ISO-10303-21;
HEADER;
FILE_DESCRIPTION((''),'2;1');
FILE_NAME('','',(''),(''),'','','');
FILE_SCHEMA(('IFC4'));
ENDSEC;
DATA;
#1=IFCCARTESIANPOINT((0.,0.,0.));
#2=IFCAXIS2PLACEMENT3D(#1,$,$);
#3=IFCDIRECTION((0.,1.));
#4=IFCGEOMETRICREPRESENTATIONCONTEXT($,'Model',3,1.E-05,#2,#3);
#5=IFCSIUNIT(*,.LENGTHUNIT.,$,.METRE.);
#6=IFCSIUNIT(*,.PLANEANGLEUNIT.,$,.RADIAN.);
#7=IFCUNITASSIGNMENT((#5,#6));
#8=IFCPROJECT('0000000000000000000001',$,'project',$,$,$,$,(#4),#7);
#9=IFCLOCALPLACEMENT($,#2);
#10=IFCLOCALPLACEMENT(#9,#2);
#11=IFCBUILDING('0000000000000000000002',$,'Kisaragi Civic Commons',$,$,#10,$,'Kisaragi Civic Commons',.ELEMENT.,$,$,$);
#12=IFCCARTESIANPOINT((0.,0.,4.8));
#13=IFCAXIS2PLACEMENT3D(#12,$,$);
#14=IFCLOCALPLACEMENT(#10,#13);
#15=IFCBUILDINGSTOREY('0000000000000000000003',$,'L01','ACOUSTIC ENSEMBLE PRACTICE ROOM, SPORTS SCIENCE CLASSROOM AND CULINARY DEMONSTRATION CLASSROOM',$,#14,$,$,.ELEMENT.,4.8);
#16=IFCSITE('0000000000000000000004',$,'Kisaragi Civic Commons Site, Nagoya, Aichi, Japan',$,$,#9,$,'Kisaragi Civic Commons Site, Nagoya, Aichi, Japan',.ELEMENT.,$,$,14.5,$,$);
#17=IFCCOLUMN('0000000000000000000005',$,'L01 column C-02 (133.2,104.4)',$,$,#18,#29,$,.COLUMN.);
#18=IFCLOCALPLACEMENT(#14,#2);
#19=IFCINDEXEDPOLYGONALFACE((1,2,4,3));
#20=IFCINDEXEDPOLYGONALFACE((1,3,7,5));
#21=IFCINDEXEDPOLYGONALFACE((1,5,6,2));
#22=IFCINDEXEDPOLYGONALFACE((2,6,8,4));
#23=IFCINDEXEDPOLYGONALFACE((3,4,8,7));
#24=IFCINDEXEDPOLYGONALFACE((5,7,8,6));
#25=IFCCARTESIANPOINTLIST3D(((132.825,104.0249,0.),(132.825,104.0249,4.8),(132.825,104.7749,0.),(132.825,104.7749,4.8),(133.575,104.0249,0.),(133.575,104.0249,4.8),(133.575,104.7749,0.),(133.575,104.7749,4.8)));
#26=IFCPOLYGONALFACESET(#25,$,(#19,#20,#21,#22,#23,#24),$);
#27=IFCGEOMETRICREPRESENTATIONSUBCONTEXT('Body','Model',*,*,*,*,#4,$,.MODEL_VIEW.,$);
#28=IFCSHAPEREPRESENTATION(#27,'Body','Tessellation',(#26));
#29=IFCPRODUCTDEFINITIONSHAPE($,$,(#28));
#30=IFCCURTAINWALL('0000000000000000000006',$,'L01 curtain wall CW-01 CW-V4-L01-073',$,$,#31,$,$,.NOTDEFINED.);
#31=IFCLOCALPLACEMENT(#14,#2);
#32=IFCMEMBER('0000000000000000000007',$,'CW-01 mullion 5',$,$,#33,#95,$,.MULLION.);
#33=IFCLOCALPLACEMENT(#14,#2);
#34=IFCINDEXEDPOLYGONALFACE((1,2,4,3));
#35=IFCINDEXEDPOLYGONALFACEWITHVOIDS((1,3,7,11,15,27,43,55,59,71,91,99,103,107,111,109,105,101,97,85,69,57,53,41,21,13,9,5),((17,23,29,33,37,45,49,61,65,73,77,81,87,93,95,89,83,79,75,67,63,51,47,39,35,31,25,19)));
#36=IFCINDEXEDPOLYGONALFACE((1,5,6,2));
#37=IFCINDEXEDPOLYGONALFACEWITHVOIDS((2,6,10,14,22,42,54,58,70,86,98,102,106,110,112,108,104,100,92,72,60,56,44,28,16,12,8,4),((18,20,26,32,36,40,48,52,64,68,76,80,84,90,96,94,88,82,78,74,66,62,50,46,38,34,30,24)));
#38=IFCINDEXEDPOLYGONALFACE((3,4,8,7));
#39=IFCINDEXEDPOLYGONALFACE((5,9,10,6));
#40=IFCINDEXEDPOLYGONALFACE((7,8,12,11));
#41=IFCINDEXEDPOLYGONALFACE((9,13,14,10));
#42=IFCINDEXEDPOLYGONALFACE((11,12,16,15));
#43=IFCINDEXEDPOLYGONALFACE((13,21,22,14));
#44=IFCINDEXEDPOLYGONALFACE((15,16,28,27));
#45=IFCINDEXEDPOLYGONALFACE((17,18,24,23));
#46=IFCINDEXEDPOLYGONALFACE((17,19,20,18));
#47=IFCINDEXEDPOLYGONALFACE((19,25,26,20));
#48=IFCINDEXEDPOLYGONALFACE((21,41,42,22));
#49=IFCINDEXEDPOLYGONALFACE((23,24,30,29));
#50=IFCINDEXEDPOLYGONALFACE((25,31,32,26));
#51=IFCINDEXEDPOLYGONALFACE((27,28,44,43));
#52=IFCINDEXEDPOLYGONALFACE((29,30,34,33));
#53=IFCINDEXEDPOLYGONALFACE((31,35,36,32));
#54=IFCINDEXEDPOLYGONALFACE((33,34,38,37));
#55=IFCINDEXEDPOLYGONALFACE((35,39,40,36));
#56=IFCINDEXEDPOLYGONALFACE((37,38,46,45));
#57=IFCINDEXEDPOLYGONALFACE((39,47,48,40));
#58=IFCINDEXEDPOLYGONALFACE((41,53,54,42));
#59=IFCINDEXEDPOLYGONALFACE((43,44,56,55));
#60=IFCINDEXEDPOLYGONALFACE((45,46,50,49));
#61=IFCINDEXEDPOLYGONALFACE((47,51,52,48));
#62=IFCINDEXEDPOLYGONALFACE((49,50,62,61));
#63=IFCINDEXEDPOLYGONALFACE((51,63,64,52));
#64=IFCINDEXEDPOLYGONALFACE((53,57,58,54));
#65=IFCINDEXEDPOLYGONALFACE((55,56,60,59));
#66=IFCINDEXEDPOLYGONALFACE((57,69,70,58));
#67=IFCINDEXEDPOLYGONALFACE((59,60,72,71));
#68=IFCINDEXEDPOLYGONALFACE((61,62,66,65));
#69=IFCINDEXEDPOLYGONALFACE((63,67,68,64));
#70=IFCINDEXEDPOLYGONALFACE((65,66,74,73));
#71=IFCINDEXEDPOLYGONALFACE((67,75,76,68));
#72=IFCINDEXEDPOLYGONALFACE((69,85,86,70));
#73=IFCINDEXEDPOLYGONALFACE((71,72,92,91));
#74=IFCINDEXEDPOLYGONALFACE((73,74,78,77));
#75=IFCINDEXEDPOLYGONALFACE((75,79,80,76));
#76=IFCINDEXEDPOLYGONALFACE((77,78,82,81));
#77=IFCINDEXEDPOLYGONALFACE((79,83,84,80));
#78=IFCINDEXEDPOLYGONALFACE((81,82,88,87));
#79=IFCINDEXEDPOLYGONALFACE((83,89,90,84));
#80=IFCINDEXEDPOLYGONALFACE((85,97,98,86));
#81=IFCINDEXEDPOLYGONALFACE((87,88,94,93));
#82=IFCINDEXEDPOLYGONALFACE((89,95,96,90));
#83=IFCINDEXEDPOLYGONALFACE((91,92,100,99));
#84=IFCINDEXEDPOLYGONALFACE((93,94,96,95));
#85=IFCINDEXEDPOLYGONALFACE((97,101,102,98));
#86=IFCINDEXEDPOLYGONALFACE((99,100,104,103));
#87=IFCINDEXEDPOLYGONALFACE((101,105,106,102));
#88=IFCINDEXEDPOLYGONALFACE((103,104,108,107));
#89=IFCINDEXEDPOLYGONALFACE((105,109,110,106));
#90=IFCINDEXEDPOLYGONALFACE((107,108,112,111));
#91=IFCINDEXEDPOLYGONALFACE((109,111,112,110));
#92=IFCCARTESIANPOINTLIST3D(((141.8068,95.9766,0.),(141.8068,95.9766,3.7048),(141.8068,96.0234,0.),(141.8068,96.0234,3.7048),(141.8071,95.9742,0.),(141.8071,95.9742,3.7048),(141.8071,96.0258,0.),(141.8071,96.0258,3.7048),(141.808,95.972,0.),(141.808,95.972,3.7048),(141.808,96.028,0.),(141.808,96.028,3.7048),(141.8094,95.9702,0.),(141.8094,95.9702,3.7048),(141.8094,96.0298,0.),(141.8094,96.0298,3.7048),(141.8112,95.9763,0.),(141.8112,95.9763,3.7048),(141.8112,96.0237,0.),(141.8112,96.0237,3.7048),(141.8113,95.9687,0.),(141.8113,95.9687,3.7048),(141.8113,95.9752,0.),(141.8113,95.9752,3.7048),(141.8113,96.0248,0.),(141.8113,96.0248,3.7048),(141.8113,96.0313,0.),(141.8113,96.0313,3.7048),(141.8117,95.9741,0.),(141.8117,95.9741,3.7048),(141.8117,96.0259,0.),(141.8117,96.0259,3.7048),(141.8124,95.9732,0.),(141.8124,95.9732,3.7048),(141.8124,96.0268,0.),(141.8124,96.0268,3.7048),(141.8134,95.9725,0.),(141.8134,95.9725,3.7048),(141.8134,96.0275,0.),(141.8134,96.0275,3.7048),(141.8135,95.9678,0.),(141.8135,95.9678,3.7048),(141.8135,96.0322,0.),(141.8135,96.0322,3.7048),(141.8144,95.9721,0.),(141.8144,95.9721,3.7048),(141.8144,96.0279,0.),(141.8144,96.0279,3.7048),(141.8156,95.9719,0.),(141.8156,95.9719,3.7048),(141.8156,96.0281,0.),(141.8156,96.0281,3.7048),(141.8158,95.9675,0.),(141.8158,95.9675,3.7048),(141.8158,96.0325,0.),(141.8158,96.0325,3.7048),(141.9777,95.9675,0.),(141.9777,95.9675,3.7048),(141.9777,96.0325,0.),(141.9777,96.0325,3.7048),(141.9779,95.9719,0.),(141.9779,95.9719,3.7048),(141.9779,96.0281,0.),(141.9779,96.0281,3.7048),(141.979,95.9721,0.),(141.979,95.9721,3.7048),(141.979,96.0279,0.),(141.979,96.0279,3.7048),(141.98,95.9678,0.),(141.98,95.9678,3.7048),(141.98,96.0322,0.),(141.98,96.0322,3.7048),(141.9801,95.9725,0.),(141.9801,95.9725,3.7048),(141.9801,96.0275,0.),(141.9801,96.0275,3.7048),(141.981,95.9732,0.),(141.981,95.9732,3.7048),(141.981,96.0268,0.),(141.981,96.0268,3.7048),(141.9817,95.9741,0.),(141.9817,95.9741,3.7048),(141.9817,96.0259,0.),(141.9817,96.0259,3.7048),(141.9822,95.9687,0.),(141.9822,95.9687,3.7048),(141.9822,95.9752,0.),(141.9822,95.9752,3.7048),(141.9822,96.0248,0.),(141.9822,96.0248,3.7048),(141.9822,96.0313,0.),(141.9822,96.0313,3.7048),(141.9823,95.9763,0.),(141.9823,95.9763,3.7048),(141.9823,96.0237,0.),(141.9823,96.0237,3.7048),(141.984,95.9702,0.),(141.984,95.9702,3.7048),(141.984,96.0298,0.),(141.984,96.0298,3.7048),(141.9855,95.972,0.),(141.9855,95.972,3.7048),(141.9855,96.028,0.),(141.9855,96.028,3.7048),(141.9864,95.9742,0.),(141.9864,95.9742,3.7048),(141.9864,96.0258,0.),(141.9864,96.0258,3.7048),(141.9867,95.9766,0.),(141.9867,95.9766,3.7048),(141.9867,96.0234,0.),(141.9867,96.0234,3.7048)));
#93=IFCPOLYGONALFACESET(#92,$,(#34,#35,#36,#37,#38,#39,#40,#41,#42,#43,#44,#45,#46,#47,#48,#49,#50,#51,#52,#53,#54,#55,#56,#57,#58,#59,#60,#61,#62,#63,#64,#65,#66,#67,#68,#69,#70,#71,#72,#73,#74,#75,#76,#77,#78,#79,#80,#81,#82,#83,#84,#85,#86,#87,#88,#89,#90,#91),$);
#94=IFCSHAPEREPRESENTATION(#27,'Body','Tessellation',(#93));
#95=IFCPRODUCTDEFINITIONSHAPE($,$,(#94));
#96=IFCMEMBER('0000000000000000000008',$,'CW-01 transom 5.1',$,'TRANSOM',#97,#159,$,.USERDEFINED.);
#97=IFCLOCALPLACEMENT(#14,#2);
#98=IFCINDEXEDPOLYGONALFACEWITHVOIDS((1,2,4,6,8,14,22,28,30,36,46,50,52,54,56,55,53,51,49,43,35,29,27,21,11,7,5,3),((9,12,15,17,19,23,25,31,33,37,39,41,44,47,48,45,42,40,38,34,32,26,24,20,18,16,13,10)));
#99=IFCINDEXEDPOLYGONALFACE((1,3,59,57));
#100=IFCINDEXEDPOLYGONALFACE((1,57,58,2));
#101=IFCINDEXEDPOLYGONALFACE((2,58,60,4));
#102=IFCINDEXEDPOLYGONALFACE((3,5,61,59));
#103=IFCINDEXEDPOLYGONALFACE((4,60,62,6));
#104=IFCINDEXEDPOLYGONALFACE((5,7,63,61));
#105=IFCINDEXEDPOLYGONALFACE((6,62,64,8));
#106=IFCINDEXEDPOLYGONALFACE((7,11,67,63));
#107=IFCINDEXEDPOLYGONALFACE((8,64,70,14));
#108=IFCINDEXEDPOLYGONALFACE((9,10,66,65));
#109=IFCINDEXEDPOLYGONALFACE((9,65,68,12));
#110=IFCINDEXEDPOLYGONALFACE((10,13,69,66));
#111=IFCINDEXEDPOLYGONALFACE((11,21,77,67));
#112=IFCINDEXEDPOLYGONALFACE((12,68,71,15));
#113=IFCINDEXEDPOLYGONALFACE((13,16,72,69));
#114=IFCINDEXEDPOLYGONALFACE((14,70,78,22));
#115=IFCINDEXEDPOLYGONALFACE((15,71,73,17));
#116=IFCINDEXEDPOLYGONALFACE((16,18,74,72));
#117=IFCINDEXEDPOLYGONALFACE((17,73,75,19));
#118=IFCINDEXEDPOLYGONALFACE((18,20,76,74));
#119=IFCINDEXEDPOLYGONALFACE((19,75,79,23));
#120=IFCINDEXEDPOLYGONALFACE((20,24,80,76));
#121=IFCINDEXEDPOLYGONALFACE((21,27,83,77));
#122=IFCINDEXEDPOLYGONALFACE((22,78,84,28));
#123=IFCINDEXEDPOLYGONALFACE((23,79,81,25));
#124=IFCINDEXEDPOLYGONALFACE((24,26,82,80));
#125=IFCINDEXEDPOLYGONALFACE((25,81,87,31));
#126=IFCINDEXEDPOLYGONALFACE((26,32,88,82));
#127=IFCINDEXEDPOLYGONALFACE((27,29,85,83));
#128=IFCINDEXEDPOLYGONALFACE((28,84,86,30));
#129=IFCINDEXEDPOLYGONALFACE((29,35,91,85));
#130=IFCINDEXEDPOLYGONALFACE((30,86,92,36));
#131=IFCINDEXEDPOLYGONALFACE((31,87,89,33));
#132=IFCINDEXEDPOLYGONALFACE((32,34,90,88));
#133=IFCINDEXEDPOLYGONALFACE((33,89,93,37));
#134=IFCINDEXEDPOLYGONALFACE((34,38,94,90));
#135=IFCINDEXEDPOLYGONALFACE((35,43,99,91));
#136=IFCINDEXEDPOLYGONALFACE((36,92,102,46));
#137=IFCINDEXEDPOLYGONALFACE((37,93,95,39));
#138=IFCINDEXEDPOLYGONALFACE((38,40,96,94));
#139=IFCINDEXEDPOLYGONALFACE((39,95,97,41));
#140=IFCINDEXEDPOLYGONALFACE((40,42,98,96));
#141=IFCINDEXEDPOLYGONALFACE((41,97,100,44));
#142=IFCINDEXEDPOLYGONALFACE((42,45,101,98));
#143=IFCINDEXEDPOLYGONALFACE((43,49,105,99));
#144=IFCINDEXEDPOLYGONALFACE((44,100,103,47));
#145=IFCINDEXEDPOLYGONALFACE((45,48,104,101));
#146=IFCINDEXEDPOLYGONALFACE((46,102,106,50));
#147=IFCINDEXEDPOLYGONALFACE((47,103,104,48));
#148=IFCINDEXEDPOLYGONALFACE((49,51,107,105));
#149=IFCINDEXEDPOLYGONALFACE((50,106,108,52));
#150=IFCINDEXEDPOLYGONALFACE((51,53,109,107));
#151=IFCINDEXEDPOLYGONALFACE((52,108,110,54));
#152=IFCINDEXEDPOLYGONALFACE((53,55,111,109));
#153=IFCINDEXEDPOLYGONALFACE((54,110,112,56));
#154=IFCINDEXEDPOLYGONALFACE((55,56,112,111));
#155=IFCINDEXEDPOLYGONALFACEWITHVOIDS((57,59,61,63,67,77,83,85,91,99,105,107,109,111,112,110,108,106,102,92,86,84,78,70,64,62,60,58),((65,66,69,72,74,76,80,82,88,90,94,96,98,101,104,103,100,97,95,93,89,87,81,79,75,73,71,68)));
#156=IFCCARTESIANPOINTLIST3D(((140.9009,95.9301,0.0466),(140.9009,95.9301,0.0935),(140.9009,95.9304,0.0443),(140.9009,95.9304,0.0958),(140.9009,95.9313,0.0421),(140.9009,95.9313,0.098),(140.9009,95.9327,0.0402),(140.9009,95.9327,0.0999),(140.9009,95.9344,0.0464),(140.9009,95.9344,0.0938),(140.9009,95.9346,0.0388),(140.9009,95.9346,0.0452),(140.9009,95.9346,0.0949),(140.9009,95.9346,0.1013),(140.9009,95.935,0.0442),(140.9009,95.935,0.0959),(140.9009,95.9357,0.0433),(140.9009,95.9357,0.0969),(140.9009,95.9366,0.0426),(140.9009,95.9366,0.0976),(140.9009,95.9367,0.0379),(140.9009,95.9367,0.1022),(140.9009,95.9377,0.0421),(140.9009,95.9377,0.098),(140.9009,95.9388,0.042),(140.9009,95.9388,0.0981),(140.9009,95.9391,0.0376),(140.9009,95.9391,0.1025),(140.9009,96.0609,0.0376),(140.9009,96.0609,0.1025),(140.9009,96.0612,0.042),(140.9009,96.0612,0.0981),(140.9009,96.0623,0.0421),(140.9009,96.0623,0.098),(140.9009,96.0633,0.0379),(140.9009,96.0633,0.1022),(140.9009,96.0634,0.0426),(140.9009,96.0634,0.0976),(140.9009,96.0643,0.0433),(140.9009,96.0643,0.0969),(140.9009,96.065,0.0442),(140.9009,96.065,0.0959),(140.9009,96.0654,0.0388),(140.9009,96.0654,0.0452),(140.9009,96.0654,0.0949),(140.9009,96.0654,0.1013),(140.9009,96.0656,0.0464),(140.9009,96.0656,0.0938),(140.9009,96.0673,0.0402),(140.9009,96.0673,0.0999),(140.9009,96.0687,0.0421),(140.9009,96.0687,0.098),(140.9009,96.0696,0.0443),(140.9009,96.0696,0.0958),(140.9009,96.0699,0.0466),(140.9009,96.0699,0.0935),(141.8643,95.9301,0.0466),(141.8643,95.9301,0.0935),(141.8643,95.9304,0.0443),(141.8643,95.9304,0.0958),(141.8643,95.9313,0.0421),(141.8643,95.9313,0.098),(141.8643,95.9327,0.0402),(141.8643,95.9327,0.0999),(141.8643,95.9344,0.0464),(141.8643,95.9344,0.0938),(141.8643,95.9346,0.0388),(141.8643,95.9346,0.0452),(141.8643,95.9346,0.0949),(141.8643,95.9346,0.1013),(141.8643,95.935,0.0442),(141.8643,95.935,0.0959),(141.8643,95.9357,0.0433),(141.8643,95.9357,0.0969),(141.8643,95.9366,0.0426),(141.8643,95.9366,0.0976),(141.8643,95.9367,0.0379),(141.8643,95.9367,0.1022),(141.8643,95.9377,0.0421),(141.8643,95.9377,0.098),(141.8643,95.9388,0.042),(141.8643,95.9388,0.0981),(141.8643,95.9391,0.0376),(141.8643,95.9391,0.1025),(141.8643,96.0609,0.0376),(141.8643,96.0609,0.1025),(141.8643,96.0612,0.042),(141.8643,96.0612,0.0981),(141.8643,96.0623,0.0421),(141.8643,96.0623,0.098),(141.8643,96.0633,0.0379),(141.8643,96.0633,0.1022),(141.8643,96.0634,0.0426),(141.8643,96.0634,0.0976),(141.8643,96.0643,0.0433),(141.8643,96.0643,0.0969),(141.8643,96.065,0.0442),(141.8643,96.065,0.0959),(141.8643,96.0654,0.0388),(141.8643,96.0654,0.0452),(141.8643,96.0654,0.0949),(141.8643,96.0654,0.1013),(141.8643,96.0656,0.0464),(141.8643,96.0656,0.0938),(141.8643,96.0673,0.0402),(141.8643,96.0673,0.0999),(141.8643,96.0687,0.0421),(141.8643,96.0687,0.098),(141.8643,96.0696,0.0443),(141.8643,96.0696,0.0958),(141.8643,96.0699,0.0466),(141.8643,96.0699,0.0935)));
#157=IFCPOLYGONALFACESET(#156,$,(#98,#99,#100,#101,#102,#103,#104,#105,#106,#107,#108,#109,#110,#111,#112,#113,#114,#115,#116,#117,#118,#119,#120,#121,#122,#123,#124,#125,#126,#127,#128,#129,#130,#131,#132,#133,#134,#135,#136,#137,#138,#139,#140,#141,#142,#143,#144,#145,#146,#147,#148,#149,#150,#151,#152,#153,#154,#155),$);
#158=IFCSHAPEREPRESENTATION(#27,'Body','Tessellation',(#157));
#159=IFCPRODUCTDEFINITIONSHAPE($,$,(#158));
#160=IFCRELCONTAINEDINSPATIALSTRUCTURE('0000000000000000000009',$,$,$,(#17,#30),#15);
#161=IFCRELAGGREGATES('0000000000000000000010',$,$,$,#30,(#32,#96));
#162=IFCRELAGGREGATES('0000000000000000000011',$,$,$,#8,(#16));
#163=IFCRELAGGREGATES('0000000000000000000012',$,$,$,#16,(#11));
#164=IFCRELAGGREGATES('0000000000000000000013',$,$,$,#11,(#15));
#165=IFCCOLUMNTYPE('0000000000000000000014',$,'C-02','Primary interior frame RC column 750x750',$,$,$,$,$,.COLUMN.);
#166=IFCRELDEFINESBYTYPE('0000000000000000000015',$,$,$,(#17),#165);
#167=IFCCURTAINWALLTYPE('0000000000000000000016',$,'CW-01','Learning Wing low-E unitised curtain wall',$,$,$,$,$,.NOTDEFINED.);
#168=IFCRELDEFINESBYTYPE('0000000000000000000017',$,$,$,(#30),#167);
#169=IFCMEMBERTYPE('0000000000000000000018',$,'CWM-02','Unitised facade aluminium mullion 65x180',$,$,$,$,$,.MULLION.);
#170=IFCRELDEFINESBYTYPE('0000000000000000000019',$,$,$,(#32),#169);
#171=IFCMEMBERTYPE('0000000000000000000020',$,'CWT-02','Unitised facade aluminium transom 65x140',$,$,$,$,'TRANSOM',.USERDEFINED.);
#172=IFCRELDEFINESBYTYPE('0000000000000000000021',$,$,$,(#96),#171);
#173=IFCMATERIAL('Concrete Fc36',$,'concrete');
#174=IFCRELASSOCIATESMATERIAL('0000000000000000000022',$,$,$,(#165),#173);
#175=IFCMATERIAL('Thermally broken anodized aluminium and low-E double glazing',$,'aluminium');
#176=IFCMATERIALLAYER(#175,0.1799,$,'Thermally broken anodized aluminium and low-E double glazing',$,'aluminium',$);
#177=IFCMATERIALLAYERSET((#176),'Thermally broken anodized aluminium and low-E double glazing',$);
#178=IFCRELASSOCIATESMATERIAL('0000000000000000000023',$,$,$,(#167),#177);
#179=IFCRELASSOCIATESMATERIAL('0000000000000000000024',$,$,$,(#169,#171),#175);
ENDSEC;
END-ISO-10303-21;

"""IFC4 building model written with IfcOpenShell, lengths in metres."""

from ifc_helpers import new_model, si_unit, direction, frame, origin, origin_2d, place, context, subcontext, project, spatial, rectangle, hollow_rectangle, extrude, material, layer, layer_set, material_profile, profile_set, type_object, element, aggregate, save


model = new_model("IFC4")

# Units and contexts
model_context = context("Model", 3, precision=1e-05, world=origin(), true_north=direction((0.0, 1.0)))
body_context = subcontext(model_context, "Body", "Model", "MODEL_VIEW")
ifc_project = project(units=[si_unit("LENGTHUNIT", "METRE"), si_unit("PLANEANGLEUNIT", "RADIAN")], contexts=[model_context])

# Site, building, storey
site_placement = place(None, origin())
site = spatial("IfcSite", under=ifc_project, at=site_placement, Name="Kisaragi Civic Commons Site, Nagoya, Aichi, Japan", LongName="Kisaragi Civic Commons Site, Nagoya, Aichi, Japan", CompositionType="ELEMENT", RefElevation=14.5)
building_placement = place(site_placement, origin())
building = spatial("IfcBuilding", under=site, at=building_placement, Name="Kisaragi Civic Commons", LongName="Kisaragi Civic Commons", CompositionType="ELEMENT")
storey_placement = place(building_placement, frame((0.0, 0.0, 4.8)))
storey = spatial("IfcBuildingStorey", under=building, at=storey_placement, Name="L01", Description="ACOUSTIC ENSEMBLE PRACTICE ROOM, SPORTS SCIENCE CLASSROOM AND CULINARY DEMONSTRATION CLASSROOM", CompositionType="ELEMENT", Elevation=4.8)

# Column
ifc_material_1 = material(Name="Concrete Fc36", Category="concrete")
ifc_material_profile_1 = material_profile(ifc_material_1, rectangle(XDim=0.75, YDim=0.75, at=origin_2d()), Name="RC-750x750", Category="concrete")
ifc_profile_set_1 = profile_set([ifc_material_profile_1], Name="Concrete Fc36")
column_type = type_object("IfcColumnType", Name="C-02", Description="Primary interior frame RC column 750x750", PredefinedType="COLUMN", material=ifc_profile_set_1)
column_placement = place(storey_placement, frame((133.2, 104.3999, 0.0), z_axis=(0.0, 0.0, 1.0), x_axis=(1.0, 0.0, 0.0)))
element("IfcColumn", 1, at=column_placement, inside=storey, type_object=column_type, Name="L01 column C-02 (133.2,104.4)", PredefinedType="COLUMN", context=body_context, shape_type="SweptSolid", body=[
    extrude(rectangle(XDim=0.75, YDim=0.75, at=origin_2d()), origin(), (0.0, 0.0, 1.0), 4.8),
])

# Curtain wall, members
ifc_material_2 = material(Name="Thermally broken anodized aluminium and low-E double glazing", Category="aluminium")
ifc_layer_1 = layer(ifc_material_2, 0.1799, Name="Thermally broken anodized aluminium and low-E double glazing", Category="aluminium")
ifc_layer_set_1 = layer_set([ifc_layer_1], Name="Thermally broken anodized aluminium and low-E double glazing")
curtain_wall_type = type_object("IfcCurtainWallType", Name="CW-01", Description="Learning Wing low-E unitised curtain wall", PredefinedType="NOTDEFINED", material=ifc_layer_set_1)
curtain_wall_placement = place(storey_placement, origin())
curtain_wall = element("IfcCurtainWall", 2, at=curtain_wall_placement, inside=storey, type_object=curtain_wall_type, Name="L01 curtain wall CW-01 CW-V4-L01-073", PredefinedType="NOTDEFINED")
ifc_material_profile_2 = material_profile(ifc_material_2, hollow_rectangle(XDim=0.0649, YDim=0.1799, WallThickness=0.0044, InnerFilletRadius=0.0044, OuterFilletRadius=0.009, at=origin_2d()), Name="CWM-65x180x4.5", Category="aluminium")
ifc_profile_set_2 = profile_set([ifc_material_profile_2], Name="Thermally broken anodized aluminium and low-E double glazing")
member_type_1 = type_object("IfcMemberType", Name="CWM-02", Description="Unitised facade aluminium mullion 65x180", PredefinedType="MULLION", material=ifc_profile_set_2)
member_1_placement = place(storey_placement, frame((141.8967, 96.0, 0.0), z_axis=(0.0, 0.0, 1.0), x_axis=(0.0, -1.0, 0.0)))
member_1 = element("IfcMember", 3, at=member_1_placement, type_object=member_type_1, Name="CW-01 mullion 5", PredefinedType="MULLION", context=body_context, shape_type="SweptSolid", body=[
    extrude(hollow_rectangle(XDim=0.0649, YDim=0.1799, WallThickness=0.0044, InnerFilletRadius=0.0044, OuterFilletRadius=0.009, at=origin_2d()), origin(), (0.0, 0.0, 1.0), 3.7048),
])
ifc_material_profile_3 = material_profile(ifc_material_2, hollow_rectangle(XDim=0.1399, YDim=0.0649, WallThickness=0.0044, InnerFilletRadius=0.0044, OuterFilletRadius=0.009, at=origin_2d()), Name="CWT-65x140x4.5", Category="aluminium")
ifc_profile_set_3 = profile_set([ifc_material_profile_3], Name="Thermally broken anodized aluminium and low-E double glazing")
member_type_2 = type_object("IfcMemberType", Name="CWT-02", Description="Unitised facade aluminium transom 65x140", ElementType="TRANSOM", PredefinedType="USERDEFINED", material=ifc_profile_set_3)
member_2_placement = place(storey_placement, frame((141.8643, 96.0, 0.0701), z_axis=(-1.0, 0.0, 0.0), x_axis=(0.0, -1.0, 0.0)))
member_2 = element("IfcMember", 4, at=member_2_placement, type_object=member_type_2, Name="CW-01 transom 5.1", ObjectType="TRANSOM", PredefinedType="USERDEFINED", context=body_context, shape_type="SweptSolid", body=[
    extrude(hollow_rectangle(XDim=0.1399, YDim=0.0649, WallThickness=0.0044, InnerFilletRadius=0.0044, OuterFilletRadius=0.009, at=origin_2d()), origin(), (0.0, 0.0, 1.0), 0.9634),
])
aggregate(curtain_wall, [member_1, member_2])

save(model, "model.ifc")
